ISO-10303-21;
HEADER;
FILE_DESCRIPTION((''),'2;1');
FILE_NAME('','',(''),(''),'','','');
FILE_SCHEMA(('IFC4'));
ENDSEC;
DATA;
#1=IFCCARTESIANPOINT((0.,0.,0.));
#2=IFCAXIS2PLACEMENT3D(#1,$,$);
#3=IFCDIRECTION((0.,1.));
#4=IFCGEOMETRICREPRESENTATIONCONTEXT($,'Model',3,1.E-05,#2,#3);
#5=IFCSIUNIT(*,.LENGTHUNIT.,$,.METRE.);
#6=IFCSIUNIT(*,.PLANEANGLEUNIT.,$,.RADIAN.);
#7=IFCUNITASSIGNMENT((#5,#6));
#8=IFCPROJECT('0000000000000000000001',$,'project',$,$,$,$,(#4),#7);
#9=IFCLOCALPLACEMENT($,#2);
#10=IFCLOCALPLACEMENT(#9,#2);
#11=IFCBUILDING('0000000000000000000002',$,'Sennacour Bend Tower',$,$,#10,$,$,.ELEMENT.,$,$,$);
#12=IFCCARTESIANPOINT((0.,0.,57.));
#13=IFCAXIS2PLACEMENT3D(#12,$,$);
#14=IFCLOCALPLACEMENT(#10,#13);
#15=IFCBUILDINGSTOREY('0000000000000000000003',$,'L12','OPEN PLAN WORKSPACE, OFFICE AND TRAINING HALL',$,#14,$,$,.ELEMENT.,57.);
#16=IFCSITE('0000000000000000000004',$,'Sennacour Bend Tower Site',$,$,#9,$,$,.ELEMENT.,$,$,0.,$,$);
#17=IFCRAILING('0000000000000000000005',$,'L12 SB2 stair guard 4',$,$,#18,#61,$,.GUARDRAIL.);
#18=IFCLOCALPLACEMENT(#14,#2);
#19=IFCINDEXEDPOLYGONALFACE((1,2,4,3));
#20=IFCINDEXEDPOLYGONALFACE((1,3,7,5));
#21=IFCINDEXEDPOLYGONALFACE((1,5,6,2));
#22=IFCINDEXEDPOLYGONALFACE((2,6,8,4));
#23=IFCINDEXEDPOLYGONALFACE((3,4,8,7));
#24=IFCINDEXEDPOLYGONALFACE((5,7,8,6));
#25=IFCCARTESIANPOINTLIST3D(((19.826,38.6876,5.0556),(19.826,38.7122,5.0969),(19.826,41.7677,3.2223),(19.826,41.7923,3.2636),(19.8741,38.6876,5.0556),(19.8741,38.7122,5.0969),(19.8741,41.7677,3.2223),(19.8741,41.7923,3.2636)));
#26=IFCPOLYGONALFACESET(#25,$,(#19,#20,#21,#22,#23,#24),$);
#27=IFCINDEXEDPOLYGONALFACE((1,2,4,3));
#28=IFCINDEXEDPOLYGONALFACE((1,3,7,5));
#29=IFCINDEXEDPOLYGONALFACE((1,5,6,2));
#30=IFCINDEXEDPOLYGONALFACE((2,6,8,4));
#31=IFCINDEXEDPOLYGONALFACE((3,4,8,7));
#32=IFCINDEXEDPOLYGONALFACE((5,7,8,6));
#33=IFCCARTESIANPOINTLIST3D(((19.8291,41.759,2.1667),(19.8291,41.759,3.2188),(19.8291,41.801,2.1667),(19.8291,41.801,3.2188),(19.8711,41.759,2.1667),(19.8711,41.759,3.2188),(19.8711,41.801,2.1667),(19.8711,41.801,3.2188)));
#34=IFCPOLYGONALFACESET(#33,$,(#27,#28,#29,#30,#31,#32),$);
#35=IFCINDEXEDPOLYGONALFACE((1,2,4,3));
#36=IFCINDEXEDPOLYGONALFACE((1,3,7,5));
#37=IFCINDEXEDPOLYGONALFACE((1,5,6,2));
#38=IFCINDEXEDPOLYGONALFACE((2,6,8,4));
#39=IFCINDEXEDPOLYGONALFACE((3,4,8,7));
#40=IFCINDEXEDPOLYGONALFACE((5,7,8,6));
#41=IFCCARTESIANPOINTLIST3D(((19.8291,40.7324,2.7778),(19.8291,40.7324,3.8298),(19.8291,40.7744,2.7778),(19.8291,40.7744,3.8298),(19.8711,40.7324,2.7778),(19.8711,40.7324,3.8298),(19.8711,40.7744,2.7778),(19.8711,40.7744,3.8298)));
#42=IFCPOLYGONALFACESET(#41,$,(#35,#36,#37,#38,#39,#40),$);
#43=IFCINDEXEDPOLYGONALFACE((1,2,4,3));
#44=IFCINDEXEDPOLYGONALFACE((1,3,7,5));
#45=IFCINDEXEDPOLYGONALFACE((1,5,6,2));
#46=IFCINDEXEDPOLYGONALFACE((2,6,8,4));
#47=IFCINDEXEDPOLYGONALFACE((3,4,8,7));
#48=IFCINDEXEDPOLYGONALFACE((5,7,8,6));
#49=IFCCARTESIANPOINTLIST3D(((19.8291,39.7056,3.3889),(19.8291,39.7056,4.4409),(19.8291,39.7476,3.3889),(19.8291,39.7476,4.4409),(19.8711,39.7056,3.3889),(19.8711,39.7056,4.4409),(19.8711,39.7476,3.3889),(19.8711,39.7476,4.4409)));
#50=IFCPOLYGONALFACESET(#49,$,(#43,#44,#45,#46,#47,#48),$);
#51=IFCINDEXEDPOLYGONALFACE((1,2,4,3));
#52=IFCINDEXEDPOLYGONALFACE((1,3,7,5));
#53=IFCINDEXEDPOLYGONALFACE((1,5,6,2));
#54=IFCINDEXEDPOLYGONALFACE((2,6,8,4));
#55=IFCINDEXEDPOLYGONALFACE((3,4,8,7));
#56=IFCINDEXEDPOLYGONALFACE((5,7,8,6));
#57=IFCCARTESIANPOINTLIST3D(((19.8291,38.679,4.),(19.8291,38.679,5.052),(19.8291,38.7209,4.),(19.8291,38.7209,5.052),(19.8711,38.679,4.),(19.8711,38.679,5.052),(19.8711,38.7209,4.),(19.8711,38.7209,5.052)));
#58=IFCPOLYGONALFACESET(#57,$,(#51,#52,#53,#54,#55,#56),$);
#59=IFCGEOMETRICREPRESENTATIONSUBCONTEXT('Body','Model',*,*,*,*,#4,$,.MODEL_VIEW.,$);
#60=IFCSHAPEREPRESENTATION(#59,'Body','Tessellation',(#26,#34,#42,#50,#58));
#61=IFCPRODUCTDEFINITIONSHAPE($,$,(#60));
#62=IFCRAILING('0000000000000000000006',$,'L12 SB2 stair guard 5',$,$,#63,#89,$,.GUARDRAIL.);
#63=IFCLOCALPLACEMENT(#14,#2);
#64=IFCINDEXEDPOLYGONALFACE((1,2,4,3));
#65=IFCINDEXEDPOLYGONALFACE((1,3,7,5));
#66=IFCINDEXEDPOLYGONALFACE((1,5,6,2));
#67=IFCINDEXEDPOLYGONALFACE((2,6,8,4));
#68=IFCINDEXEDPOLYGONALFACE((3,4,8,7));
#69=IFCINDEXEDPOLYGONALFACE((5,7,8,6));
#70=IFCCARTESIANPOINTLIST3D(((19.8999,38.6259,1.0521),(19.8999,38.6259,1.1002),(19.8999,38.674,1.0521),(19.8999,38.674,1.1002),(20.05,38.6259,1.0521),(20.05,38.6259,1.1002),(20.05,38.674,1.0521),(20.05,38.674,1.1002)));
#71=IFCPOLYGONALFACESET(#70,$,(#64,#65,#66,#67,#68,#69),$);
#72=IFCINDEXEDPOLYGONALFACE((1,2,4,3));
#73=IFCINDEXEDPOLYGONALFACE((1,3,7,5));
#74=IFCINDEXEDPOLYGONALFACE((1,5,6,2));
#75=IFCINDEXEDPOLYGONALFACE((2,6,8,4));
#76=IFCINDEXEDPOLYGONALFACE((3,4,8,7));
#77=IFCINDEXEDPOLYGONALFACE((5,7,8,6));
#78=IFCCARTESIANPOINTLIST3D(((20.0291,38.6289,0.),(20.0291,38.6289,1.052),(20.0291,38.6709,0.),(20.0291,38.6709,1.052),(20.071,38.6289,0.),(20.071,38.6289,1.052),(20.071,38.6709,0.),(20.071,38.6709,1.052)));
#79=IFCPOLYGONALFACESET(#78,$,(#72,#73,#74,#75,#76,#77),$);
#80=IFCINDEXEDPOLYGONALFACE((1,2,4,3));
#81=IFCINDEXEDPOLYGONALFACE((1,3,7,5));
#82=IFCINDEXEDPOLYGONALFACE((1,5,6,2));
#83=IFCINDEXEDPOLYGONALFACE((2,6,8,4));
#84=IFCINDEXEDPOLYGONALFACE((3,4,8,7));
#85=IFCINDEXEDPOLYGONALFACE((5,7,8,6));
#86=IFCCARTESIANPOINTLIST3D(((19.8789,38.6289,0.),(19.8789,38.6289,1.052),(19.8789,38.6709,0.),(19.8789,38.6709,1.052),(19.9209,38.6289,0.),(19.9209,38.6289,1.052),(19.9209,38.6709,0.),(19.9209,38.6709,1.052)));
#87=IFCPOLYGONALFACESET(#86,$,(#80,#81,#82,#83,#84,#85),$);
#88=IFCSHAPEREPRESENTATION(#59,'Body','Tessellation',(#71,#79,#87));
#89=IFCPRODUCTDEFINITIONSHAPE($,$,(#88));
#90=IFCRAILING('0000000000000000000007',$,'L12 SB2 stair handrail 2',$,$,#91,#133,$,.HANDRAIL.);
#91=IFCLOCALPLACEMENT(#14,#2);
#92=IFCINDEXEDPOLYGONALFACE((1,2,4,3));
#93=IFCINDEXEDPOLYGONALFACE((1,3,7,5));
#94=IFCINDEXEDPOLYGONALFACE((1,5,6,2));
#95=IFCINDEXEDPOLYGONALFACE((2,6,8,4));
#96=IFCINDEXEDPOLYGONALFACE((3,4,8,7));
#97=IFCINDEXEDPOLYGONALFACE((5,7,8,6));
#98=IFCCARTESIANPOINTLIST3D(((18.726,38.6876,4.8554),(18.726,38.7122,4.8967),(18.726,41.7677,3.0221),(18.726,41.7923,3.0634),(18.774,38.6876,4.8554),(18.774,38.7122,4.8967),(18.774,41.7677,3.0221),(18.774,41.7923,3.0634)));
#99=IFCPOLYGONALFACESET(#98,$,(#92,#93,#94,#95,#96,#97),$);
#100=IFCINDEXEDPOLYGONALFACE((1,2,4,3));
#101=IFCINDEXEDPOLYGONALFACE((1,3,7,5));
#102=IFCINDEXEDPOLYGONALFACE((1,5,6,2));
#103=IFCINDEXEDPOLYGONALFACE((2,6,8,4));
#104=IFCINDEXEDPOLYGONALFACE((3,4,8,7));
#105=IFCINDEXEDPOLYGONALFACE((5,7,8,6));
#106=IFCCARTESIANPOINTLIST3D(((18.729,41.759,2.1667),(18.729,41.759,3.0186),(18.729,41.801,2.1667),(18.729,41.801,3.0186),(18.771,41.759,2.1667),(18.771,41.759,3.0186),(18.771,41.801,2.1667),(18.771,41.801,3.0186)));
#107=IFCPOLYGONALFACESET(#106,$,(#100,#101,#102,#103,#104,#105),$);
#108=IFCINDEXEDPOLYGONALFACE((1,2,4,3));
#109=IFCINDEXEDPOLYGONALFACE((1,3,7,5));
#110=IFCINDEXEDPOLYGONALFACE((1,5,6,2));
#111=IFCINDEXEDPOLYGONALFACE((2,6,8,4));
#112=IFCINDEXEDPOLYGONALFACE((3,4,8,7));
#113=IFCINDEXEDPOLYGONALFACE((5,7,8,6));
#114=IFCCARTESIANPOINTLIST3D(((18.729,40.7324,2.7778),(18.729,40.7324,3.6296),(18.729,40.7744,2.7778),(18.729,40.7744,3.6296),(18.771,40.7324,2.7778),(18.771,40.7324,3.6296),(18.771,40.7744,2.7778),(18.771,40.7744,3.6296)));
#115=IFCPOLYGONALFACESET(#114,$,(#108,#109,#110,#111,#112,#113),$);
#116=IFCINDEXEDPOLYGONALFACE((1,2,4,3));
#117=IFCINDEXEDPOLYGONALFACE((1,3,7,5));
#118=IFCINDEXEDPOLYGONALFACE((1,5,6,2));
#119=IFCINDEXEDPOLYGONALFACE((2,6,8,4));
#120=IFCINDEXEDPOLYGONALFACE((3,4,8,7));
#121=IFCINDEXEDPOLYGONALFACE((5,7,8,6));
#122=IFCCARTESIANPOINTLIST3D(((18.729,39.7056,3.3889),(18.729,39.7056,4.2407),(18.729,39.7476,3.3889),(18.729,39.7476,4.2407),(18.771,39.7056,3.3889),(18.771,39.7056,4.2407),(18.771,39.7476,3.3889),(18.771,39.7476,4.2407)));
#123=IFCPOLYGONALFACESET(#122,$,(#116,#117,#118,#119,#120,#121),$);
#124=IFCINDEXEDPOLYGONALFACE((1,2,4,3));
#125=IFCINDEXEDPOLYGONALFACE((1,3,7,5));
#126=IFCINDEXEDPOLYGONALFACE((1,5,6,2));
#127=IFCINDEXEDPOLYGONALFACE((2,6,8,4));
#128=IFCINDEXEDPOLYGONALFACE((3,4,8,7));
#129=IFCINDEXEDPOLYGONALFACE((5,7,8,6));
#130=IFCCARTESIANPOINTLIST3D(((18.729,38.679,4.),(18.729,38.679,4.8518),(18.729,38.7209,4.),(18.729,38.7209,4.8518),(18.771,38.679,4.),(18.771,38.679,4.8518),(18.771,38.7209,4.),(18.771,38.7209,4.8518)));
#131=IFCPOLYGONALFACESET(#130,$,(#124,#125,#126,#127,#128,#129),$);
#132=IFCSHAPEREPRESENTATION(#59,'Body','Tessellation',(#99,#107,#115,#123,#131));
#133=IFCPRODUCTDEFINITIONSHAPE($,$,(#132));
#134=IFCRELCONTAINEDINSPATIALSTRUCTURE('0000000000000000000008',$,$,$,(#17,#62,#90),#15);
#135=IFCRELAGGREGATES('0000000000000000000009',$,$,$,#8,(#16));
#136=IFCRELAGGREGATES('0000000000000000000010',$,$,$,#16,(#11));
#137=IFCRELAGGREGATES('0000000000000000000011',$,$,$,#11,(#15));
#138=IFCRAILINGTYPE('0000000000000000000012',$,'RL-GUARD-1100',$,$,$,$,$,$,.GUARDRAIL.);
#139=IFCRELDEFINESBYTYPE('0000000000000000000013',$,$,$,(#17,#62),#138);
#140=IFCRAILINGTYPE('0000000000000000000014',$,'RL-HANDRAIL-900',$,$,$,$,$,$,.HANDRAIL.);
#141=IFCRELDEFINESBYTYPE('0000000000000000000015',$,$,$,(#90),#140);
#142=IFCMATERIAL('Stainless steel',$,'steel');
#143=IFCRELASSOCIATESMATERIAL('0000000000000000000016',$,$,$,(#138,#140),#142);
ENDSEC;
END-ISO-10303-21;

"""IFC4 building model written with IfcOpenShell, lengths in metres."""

from ifc_helpers import new_model, si_unit, direction, frame, origin, origin_2d, place, context, subcontext, project, spatial, rectangle, extrude, material, type_object, element, save


model = new_model("IFC4")

# Units and contexts
model_context = context("Model", 3, precision=1e-05, world=origin(), true_north=direction((0.0, 1.0)))
body_context = subcontext(model_context, "Body", "Model", "MODEL_VIEW")
ifc_project = project(units=[si_unit("LENGTHUNIT", "METRE"), si_unit("PLANEANGLEUNIT", "RADIAN")], contexts=[model_context])

# Site, building, storey
site_placement = place(None, origin())
site = spatial("IfcSite", under=ifc_project, at=site_placement, Name="Sennacour Bend Tower Site", CompositionType="ELEMENT", RefElevation=0.0)
building_placement = place(site_placement, origin())
building = spatial("IfcBuilding", under=site, at=building_placement, Name="Sennacour Bend Tower", CompositionType="ELEMENT")
storey_placement = place(building_placement, frame((0.0, 0.0, 57.0)))
storey = spatial("IfcBuildingStorey", under=building, at=storey_placement, Name="L12", Description="OPEN PLAN WORKSPACE, OFFICE AND TRAINING HALL", CompositionType="ELEMENT", Elevation=57.0)

# Railings
ifc_material_1 = material(Name="Stainless steel", Category="steel")
railing_type_1 = type_object("IfcRailingType", Name="RL-GUARD-1100", PredefinedType="GUARDRAIL", material=ifc_material_1)
railing_1_placement = place(storey_placement, frame((19.8501, 41.78, 2.1667)))
element("IfcRailing", 1, at=railing_1_placement, inside=storey, type_object=railing_type_1, Name="L12 SB2 stair guard 4", PredefinedType="GUARDRAIL", context=body_context, shape_type="SweptSolid", body=[
    extrude(rectangle(XDim=0.0481, YDim=0.0481, at=origin_2d()), frame((0.0, 0.0, 1.0762), z_axis=(0.0, -0.859309, 0.511458), x_axis=(1.0, 0.0, 0.0)), (0.0, 0.0, 1.0), 3.5845),
    extrude(rectangle(XDim=0.042, YDim=0.042, at=origin_2d()), origin(), (0.0, 0.0, 1.0), 1.052),
    extrude(rectangle(XDim=0.042, YDim=0.042, at=origin_2d()), frame((0.0, -1.0266, 0.6111)), (0.0, 0.0, 1.0), 1.052),
    extrude(rectangle(XDim=0.042, YDim=0.042, at=origin_2d()), frame((0.0, -2.0535, 1.2222)), (0.0, 0.0, 1.0), 1.052),
    extrude(rectangle(XDim=0.042, YDim=0.042, at=origin_2d()), frame((0.0, -3.0801, 1.8333)), (0.0, 0.0, 1.0), 1.052),
])
railing_2_placement = place(storey_placement, frame((20.05, 38.6499, 0.0)))
element("IfcRailing", 2, at=railing_2_placement, inside=storey, type_object=railing_type_1, Name="L12 SB2 stair guard 5", PredefinedType="GUARDRAIL", context=body_context, shape_type="SweptSolid", body=[
    extrude(rectangle(XDim=0.0481, YDim=0.0481, at=origin_2d()), frame((0.0, 0.0, 1.0762), z_axis=(-1.0, 0.0, 0.0), x_axis=(0.0, -1.0, 0.0)), (0.0, 0.0, 1.0), 0.1501),
    extrude(rectangle(XDim=0.042, YDim=0.042, at=origin_2d()), origin(), (0.0, 0.0, 1.0), 1.052),
    extrude(rectangle(XDim=0.042, YDim=0.042, at=origin_2d()), frame((-0.1501, 0.0, 0.0)), (0.0, 0.0, 1.0), 1.052),
])
railing_type_2 = type_object("IfcRailingType", Name="RL-HANDRAIL-900", PredefinedType="HANDRAIL", material=ifc_material_1)
railing_3_placement = place(storey_placement, frame((18.75, 41.78, 2.1667)))
element("IfcRailing", 3, at=railing_3_placement, inside=storey, type_object=railing_type_2, Name="L12 SB2 stair handrail 2", PredefinedType="HANDRAIL", context=body_context, shape_type="SweptSolid", body=[
    extrude(rectangle(XDim=0.0481, YDim=0.0481, at=origin_2d()), frame((0.0, 0.0, 0.876), z_axis=(0.0, -0.859309, 0.511458), x_axis=(1.0, 0.0, 0.0)), (0.0, 0.0, 1.0), 3.5845),
    extrude(rectangle(XDim=0.042, YDim=0.042, at=origin_2d()), origin(), (0.0, 0.0, 1.0), 0.8518),
    extrude(rectangle(XDim=0.042, YDim=0.042, at=origin_2d()), frame((0.0, -1.0266, 0.6111)), (0.0, 0.0, 1.0), 0.8518),
    extrude(rectangle(XDim=0.042, YDim=0.042, at=origin_2d()), frame((0.0, -2.0535, 1.2222)), (0.0, 0.0, 1.0), 0.8518),
    extrude(rectangle(XDim=0.042, YDim=0.042, at=origin_2d()), frame((0.0, -3.0801, 1.8333)), (0.0, 0.0, 1.0), 0.8518),
])

save(model, "model.ifc")
